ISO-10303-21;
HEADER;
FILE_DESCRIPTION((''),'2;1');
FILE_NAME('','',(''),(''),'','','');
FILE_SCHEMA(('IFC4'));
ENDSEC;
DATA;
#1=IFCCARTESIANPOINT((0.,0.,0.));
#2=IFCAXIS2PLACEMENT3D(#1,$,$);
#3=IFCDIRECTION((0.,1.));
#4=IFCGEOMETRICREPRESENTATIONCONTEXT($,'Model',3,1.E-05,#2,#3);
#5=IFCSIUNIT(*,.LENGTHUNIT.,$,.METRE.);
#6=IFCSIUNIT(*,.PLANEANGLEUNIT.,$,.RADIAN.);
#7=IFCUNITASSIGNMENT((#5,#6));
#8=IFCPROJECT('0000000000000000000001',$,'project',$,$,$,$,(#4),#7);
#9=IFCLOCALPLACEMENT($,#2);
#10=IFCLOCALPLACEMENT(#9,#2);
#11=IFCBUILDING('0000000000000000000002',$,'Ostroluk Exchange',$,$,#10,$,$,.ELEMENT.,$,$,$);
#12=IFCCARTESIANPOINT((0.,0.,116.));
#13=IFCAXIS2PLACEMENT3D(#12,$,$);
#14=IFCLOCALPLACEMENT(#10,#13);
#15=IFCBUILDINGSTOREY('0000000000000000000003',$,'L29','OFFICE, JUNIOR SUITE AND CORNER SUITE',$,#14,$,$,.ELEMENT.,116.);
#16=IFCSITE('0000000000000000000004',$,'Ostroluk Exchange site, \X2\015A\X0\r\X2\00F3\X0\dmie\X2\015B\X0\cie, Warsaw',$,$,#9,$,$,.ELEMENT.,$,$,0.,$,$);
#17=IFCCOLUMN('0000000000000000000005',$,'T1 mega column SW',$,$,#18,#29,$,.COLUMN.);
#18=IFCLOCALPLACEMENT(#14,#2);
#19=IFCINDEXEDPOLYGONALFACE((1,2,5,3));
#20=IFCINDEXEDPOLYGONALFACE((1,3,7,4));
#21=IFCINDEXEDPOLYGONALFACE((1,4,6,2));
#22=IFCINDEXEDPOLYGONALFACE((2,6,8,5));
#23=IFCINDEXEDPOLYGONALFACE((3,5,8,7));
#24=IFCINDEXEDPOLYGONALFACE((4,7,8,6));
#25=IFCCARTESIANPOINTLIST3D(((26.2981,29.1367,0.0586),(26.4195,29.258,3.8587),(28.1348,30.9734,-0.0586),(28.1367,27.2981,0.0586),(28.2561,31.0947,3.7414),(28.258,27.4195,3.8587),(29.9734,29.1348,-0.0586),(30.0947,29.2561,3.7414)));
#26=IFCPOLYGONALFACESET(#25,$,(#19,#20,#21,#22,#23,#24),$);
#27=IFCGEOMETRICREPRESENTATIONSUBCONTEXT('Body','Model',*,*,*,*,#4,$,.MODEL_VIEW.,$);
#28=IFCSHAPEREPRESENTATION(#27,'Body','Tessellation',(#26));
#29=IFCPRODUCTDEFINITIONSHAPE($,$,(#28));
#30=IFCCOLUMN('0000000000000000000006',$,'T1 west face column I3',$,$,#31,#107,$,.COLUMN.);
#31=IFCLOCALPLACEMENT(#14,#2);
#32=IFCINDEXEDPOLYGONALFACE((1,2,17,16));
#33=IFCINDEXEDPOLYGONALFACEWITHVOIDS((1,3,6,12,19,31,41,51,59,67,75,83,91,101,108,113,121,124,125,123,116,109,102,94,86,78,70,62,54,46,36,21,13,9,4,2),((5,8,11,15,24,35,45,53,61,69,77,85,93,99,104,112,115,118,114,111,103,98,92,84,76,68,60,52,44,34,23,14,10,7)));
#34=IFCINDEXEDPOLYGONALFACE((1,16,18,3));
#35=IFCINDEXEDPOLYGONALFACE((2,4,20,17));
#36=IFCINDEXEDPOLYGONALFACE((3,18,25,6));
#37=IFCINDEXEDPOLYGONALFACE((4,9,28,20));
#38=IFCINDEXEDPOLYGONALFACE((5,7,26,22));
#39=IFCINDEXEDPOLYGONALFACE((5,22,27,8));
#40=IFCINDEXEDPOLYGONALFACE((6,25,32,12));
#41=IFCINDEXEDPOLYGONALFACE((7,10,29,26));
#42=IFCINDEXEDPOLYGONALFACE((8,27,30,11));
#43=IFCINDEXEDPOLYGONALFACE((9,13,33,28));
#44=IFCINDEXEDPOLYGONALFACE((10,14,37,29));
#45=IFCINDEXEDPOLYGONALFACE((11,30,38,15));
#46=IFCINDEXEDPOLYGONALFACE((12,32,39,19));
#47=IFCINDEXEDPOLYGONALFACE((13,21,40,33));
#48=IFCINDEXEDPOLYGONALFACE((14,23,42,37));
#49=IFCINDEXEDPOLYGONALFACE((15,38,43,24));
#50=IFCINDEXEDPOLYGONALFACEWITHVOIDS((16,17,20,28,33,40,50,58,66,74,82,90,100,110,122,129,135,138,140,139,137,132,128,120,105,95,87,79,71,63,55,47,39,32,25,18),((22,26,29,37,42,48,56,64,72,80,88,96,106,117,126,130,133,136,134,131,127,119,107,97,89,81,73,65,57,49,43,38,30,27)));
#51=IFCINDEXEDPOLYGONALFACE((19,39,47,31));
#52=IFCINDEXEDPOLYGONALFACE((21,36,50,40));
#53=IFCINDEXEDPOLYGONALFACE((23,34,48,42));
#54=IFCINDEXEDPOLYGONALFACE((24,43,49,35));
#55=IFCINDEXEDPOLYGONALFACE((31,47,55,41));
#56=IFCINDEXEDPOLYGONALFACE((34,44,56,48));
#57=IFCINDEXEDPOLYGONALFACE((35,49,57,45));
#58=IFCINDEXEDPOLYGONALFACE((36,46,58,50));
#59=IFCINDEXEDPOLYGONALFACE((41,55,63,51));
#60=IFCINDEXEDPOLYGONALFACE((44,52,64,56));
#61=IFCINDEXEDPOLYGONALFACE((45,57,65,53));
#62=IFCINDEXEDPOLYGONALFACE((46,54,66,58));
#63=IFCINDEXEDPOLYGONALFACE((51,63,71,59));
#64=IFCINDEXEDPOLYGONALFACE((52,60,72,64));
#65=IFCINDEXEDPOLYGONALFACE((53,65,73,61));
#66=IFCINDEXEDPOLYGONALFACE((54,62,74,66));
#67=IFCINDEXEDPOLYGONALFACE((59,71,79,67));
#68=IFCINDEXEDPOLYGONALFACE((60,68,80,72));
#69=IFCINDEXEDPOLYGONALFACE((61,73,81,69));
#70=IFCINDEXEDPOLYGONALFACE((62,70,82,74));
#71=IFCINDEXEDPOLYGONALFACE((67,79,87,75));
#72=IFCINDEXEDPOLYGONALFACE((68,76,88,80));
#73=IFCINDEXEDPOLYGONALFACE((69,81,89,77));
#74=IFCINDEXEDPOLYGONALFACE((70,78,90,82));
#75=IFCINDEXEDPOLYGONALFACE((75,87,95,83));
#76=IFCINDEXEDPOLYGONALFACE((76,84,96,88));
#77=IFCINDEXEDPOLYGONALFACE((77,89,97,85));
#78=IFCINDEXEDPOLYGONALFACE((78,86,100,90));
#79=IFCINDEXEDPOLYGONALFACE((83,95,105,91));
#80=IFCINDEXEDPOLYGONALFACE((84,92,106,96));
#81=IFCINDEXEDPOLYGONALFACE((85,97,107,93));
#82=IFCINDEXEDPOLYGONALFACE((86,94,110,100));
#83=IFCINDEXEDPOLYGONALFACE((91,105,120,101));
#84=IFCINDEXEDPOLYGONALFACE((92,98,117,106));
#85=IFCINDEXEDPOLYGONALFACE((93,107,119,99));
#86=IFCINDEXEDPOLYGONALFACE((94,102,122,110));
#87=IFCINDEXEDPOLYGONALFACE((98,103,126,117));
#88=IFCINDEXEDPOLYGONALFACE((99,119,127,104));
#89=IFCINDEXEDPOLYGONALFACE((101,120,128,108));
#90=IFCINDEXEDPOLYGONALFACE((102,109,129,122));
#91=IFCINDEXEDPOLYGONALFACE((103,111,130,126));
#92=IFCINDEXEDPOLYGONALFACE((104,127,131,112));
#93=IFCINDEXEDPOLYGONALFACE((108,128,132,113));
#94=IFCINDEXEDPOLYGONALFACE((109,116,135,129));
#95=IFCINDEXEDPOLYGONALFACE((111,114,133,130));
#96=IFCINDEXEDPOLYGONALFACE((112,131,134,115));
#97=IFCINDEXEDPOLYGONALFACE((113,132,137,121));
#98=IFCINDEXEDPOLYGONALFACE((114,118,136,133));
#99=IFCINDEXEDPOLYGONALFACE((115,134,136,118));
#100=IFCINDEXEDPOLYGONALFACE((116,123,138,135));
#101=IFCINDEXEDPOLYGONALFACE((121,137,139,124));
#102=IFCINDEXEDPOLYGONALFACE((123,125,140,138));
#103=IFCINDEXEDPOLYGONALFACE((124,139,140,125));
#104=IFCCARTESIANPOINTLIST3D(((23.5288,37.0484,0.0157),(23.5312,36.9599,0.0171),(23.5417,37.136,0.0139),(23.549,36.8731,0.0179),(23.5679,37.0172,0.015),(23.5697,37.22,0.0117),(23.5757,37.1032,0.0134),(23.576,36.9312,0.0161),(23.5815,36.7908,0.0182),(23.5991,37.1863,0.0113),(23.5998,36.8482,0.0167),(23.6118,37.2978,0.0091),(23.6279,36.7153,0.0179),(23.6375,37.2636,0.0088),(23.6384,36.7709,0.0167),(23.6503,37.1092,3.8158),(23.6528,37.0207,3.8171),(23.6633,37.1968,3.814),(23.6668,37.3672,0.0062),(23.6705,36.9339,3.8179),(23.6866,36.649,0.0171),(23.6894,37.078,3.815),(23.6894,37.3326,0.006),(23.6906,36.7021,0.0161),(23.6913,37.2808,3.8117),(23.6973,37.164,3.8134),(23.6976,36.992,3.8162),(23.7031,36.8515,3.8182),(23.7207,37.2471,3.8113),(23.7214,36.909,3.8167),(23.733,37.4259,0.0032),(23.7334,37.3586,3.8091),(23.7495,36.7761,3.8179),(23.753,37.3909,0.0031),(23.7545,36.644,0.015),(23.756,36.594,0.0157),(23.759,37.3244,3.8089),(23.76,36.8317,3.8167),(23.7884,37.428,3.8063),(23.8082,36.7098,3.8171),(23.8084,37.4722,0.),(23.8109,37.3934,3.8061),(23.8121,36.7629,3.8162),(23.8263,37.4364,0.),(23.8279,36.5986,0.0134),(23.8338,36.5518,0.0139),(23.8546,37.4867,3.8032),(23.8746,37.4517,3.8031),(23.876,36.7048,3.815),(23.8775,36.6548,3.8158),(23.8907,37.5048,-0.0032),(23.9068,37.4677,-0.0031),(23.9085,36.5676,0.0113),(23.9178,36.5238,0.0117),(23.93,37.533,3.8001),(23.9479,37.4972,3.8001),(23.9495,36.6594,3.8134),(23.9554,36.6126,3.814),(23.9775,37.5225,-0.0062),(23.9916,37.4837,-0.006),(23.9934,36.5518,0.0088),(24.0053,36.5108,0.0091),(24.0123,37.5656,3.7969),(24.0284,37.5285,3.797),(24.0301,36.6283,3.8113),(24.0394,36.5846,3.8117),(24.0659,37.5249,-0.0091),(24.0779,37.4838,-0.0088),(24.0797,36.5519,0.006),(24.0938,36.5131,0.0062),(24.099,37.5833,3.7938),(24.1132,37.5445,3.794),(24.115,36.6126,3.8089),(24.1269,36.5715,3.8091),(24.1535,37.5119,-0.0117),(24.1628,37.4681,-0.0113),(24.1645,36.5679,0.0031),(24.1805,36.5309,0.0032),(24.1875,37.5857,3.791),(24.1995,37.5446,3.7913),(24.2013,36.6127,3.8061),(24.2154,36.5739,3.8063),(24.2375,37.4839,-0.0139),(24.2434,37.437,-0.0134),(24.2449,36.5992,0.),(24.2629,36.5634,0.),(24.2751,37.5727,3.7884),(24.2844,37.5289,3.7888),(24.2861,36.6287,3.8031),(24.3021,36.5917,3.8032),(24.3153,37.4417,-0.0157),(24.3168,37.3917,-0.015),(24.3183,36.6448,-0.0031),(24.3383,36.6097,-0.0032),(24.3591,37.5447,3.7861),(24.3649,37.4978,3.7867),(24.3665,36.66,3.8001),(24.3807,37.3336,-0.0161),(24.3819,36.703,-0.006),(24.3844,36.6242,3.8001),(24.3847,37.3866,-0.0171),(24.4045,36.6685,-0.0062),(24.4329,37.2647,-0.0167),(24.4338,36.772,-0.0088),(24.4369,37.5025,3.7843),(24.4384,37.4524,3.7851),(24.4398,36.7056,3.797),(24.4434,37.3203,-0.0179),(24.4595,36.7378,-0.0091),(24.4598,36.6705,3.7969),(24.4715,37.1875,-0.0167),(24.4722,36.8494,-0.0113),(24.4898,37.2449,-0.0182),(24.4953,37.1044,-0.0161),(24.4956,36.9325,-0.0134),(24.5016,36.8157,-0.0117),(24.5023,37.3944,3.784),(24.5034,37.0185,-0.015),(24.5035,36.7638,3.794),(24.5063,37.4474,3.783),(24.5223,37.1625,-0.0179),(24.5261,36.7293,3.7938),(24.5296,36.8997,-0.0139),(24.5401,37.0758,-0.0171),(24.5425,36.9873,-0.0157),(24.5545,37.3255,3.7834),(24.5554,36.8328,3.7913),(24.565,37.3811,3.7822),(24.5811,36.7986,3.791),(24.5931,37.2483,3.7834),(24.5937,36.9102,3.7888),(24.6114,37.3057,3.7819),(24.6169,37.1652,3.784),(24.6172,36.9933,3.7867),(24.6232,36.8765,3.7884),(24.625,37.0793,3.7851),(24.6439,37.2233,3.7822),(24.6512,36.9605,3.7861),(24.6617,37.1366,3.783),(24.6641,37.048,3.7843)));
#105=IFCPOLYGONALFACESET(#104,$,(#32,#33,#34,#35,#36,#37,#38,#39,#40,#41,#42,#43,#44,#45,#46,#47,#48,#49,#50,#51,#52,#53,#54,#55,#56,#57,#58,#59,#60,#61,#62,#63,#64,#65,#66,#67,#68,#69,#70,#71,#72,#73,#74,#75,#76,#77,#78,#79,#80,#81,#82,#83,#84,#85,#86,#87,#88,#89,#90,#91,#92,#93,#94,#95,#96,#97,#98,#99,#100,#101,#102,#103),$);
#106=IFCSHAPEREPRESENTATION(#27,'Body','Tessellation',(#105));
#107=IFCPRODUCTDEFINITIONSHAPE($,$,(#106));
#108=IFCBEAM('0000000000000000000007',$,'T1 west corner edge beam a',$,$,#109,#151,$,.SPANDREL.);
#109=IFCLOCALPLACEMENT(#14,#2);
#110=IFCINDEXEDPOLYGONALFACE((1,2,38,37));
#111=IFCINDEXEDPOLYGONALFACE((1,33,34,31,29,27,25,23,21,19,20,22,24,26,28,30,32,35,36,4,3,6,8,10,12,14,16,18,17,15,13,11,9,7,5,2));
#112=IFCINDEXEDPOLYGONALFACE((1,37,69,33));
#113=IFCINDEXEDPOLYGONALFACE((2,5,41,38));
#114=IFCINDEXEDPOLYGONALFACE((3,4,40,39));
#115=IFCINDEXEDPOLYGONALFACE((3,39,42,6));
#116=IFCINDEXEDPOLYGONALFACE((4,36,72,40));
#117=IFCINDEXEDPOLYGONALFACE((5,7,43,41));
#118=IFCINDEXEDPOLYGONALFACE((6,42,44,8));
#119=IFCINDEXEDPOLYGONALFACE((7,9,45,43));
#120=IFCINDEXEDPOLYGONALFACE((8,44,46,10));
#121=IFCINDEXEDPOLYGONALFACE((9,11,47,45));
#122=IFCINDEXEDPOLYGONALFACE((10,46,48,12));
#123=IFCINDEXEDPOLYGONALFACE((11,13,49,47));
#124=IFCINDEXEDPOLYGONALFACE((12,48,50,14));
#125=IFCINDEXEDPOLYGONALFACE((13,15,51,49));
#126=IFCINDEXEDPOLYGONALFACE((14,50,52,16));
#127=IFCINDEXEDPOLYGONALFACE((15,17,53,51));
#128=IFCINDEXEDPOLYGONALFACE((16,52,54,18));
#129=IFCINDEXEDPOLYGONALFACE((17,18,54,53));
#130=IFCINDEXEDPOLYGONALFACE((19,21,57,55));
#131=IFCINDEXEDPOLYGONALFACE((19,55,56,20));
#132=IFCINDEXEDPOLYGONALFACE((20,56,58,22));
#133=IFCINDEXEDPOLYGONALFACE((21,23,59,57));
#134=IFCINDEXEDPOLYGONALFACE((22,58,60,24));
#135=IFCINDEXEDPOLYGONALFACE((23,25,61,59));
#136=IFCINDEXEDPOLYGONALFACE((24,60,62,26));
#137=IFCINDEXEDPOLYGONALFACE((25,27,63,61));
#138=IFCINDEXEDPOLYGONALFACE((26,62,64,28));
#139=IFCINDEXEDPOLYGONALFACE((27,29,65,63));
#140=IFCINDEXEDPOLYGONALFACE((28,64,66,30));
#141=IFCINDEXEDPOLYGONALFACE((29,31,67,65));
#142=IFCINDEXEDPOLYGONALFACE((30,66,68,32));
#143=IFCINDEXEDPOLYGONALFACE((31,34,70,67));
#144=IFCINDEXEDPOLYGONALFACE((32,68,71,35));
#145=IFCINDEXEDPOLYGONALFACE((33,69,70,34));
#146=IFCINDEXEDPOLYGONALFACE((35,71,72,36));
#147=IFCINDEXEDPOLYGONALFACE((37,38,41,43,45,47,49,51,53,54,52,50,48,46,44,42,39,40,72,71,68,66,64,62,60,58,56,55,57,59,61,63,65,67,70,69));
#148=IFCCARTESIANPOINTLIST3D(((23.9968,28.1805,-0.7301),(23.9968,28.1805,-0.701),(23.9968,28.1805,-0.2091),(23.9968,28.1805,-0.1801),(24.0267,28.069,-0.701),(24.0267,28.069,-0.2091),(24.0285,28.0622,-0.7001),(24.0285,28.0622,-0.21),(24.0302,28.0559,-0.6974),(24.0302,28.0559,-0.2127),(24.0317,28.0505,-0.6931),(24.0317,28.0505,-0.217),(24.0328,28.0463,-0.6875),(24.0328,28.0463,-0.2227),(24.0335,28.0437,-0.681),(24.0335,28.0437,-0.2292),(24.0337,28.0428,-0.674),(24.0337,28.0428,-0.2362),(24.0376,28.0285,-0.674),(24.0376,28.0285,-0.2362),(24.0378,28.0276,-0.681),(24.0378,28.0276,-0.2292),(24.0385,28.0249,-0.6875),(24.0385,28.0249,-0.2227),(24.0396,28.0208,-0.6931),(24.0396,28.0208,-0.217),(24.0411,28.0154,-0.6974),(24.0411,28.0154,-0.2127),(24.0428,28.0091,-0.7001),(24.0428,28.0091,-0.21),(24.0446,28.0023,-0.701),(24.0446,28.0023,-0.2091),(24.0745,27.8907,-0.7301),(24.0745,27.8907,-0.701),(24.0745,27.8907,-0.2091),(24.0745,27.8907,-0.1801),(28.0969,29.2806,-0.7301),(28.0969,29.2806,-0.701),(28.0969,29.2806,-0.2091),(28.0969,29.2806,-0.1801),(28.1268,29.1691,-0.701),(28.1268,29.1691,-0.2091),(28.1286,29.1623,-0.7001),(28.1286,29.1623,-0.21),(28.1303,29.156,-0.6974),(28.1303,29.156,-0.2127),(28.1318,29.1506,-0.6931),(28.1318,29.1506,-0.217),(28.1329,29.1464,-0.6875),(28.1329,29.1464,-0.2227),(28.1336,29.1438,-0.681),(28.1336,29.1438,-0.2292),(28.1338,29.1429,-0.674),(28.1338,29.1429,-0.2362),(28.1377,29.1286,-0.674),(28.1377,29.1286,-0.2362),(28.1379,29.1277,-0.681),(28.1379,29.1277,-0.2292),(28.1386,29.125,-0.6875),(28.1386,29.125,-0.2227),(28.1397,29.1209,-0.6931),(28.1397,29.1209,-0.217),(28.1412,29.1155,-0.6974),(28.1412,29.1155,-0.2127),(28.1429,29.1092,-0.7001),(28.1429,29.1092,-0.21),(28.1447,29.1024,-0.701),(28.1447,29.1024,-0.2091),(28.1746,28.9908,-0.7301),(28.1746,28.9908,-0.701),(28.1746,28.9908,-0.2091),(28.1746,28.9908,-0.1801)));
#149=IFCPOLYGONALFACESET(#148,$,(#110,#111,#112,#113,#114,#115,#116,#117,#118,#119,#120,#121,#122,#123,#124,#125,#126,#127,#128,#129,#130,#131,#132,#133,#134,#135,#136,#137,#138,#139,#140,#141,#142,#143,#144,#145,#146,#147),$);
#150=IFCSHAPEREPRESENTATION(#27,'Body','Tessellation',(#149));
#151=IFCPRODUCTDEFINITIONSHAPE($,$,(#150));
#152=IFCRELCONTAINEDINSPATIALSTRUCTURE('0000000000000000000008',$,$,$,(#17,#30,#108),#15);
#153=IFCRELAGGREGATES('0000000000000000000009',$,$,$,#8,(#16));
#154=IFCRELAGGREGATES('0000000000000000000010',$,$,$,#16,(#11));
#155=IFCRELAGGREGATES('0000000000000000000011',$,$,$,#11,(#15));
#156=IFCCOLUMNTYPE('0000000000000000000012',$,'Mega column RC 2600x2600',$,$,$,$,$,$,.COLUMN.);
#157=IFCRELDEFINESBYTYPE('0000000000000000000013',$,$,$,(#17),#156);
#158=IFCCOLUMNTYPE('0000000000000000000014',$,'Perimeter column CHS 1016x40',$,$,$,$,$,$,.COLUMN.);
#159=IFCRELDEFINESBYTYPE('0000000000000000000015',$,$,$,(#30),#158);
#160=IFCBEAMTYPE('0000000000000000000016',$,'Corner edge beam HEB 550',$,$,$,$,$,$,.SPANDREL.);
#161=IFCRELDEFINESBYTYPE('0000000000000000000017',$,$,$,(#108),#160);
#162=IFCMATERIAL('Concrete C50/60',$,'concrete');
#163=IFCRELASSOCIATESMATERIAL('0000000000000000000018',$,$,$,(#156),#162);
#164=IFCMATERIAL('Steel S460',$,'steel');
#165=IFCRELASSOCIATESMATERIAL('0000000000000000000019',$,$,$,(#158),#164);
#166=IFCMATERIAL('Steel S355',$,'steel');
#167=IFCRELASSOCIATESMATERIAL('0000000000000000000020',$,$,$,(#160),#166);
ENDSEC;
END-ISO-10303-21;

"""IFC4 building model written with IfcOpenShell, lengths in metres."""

from ifc_helpers import new_model, si_unit, direction, frame, origin, origin_2d, place, context, subcontext, project, spatial, rectangle, hollow_circle, i_section, extrude, material, material_profile, profile_set, type_object, element, save


model = new_model("IFC4")

# Units and contexts
model_context = context("Model", 3, precision=1e-05, world=origin(), true_north=direction((0.0, 1.0)))
body_context = subcontext(model_context, "Body", "Model", "MODEL_VIEW")
ifc_project = project(units=[si_unit("LENGTHUNIT", "METRE"), si_unit("PLANEANGLEUNIT", "RADIAN")], contexts=[model_context])

# Site, building, storey
site_placement = place(None, origin())
site = spatial("IfcSite", under=ifc_project, at=site_placement, Name="Ostroluk Exchange site, Śródmieście, Warsaw", CompositionType="ELEMENT", RefElevation=0.0)
building_placement = place(site_placement, origin())
building = spatial("IfcBuilding", under=site, at=building_placement, Name="Ostroluk Exchange", CompositionType="ELEMENT")
storey_placement = place(building_placement, frame((0.0, 0.0, 116.0)))
storey = spatial("IfcBuildingStorey", under=building, at=storey_placement, Name="L29", Description="OFFICE, JUNIOR SUITE AND CORNER SUITE", CompositionType="ELEMENT", Elevation=116.0)

# Columns
ifc_material_1 = material(Name="Concrete C50/60", Category="concrete")
ifc_material_profile_1 = material_profile(ifc_material_1, rectangle(XDim=2.6001, YDim=2.6001, at=origin_2d()), Name="RC 2600x2600")
ifc_profile_set_1 = profile_set([ifc_material_profile_1], Name="Concrete C50/60")
column_type_1 = type_object("IfcColumnType", Name="Mega column RC 2600x2600", PredefinedType="COLUMN", material=ifc_profile_set_1)
column_1_placement = place(storey_placement, frame((28.1357, 29.1357, 0.0), z_axis=(0.031898, 0.031898, 0.998982), x_axis=(-0.707107, 0.707107, 0.0)))
element("IfcColumn", 1, at=column_1_placement, inside=storey, type_object=column_type_1, Name="T1 mega column SW", PredefinedType="COLUMN", context=body_context, shape_type="SweptSolid", body=[
    extrude(rectangle(XDim=2.6001, YDim=2.6001, at=origin_2d()), origin(), (0.0, 0.0, 1.0), 3.804),
])
ifc_material_2 = material(Name="Steel S460", Category="steel")
ifc_material_profile_2 = material_profile(ifc_material_2, hollow_circle(Radius=0.5081, WallThickness=0.04, at=origin_2d()), Name="CHS 1016x40")
ifc_profile_set_2 = profile_set([ifc_material_profile_2], Name="Steel S460")
column_type_2 = type_object("IfcColumnType", Name="Perimeter column CHS 1016x40", PredefinedType="COLUMN", material=ifc_profile_set_2)
column_2_placement = place(storey_placement, frame((24.0356, 37.0178, 0.0), z_axis=(0.031974, 0.015987, 0.999361), x_axis=(-0.447214, 0.894427, 0.0)))
element("IfcColumn", 2, at=column_2_placement, inside=storey, type_object=column_type_2, Name="T1 west face column I3", PredefinedType="COLUMN", context=body_context, shape_type="SweptSolid", body=[
    extrude(hollow_circle(Radius=0.5081, WallThickness=0.04, at=origin_2d()), origin(), (0.0, 0.0, 1.0), 3.8025),
])

# Beam
ifc_material_3 = material(Name="Steel S355", Category="steel")
ifc_material_profile_3 = material_profile(ifc_material_3, i_section(OverallWidth=0.3, OverallDepth=0.55, WebThickness=0.0149, FlangeThickness=0.0291, FilletRadius=0.0271, at=origin_2d()), Name="HEB 550")
ifc_profile_set_3 = profile_set([ifc_material_profile_3], Name="Steel S355")
beam_type_1 = type_object("IfcBeamType", Name="Corner edge beam HEB 550", PredefinedType="SPANDREL", material=ifc_profile_set_3)
beam_1_placement = place(storey_placement, frame((28.1357, 29.1357, -0.4551), z_axis=(-0.965839, -0.259144, 0.0), x_axis=(0.259144, -0.965839, 0.0)))
element("IfcBeam", 3, at=beam_1_placement, inside=storey, type_object=beam_type_1, Name="T1 west corner edge beam a", PredefinedType="SPANDREL", context=body_context, shape_type="SweptSolid", body=[
    extrude(i_section(OverallWidth=0.3, OverallDepth=0.55, WebThickness=0.0149, FlangeThickness=0.0291, FilletRadius=0.0271, at=origin_2d()), origin(), (0.0, 0.0, 1.0), 4.2451),
])

save(model, "model.ifc")
